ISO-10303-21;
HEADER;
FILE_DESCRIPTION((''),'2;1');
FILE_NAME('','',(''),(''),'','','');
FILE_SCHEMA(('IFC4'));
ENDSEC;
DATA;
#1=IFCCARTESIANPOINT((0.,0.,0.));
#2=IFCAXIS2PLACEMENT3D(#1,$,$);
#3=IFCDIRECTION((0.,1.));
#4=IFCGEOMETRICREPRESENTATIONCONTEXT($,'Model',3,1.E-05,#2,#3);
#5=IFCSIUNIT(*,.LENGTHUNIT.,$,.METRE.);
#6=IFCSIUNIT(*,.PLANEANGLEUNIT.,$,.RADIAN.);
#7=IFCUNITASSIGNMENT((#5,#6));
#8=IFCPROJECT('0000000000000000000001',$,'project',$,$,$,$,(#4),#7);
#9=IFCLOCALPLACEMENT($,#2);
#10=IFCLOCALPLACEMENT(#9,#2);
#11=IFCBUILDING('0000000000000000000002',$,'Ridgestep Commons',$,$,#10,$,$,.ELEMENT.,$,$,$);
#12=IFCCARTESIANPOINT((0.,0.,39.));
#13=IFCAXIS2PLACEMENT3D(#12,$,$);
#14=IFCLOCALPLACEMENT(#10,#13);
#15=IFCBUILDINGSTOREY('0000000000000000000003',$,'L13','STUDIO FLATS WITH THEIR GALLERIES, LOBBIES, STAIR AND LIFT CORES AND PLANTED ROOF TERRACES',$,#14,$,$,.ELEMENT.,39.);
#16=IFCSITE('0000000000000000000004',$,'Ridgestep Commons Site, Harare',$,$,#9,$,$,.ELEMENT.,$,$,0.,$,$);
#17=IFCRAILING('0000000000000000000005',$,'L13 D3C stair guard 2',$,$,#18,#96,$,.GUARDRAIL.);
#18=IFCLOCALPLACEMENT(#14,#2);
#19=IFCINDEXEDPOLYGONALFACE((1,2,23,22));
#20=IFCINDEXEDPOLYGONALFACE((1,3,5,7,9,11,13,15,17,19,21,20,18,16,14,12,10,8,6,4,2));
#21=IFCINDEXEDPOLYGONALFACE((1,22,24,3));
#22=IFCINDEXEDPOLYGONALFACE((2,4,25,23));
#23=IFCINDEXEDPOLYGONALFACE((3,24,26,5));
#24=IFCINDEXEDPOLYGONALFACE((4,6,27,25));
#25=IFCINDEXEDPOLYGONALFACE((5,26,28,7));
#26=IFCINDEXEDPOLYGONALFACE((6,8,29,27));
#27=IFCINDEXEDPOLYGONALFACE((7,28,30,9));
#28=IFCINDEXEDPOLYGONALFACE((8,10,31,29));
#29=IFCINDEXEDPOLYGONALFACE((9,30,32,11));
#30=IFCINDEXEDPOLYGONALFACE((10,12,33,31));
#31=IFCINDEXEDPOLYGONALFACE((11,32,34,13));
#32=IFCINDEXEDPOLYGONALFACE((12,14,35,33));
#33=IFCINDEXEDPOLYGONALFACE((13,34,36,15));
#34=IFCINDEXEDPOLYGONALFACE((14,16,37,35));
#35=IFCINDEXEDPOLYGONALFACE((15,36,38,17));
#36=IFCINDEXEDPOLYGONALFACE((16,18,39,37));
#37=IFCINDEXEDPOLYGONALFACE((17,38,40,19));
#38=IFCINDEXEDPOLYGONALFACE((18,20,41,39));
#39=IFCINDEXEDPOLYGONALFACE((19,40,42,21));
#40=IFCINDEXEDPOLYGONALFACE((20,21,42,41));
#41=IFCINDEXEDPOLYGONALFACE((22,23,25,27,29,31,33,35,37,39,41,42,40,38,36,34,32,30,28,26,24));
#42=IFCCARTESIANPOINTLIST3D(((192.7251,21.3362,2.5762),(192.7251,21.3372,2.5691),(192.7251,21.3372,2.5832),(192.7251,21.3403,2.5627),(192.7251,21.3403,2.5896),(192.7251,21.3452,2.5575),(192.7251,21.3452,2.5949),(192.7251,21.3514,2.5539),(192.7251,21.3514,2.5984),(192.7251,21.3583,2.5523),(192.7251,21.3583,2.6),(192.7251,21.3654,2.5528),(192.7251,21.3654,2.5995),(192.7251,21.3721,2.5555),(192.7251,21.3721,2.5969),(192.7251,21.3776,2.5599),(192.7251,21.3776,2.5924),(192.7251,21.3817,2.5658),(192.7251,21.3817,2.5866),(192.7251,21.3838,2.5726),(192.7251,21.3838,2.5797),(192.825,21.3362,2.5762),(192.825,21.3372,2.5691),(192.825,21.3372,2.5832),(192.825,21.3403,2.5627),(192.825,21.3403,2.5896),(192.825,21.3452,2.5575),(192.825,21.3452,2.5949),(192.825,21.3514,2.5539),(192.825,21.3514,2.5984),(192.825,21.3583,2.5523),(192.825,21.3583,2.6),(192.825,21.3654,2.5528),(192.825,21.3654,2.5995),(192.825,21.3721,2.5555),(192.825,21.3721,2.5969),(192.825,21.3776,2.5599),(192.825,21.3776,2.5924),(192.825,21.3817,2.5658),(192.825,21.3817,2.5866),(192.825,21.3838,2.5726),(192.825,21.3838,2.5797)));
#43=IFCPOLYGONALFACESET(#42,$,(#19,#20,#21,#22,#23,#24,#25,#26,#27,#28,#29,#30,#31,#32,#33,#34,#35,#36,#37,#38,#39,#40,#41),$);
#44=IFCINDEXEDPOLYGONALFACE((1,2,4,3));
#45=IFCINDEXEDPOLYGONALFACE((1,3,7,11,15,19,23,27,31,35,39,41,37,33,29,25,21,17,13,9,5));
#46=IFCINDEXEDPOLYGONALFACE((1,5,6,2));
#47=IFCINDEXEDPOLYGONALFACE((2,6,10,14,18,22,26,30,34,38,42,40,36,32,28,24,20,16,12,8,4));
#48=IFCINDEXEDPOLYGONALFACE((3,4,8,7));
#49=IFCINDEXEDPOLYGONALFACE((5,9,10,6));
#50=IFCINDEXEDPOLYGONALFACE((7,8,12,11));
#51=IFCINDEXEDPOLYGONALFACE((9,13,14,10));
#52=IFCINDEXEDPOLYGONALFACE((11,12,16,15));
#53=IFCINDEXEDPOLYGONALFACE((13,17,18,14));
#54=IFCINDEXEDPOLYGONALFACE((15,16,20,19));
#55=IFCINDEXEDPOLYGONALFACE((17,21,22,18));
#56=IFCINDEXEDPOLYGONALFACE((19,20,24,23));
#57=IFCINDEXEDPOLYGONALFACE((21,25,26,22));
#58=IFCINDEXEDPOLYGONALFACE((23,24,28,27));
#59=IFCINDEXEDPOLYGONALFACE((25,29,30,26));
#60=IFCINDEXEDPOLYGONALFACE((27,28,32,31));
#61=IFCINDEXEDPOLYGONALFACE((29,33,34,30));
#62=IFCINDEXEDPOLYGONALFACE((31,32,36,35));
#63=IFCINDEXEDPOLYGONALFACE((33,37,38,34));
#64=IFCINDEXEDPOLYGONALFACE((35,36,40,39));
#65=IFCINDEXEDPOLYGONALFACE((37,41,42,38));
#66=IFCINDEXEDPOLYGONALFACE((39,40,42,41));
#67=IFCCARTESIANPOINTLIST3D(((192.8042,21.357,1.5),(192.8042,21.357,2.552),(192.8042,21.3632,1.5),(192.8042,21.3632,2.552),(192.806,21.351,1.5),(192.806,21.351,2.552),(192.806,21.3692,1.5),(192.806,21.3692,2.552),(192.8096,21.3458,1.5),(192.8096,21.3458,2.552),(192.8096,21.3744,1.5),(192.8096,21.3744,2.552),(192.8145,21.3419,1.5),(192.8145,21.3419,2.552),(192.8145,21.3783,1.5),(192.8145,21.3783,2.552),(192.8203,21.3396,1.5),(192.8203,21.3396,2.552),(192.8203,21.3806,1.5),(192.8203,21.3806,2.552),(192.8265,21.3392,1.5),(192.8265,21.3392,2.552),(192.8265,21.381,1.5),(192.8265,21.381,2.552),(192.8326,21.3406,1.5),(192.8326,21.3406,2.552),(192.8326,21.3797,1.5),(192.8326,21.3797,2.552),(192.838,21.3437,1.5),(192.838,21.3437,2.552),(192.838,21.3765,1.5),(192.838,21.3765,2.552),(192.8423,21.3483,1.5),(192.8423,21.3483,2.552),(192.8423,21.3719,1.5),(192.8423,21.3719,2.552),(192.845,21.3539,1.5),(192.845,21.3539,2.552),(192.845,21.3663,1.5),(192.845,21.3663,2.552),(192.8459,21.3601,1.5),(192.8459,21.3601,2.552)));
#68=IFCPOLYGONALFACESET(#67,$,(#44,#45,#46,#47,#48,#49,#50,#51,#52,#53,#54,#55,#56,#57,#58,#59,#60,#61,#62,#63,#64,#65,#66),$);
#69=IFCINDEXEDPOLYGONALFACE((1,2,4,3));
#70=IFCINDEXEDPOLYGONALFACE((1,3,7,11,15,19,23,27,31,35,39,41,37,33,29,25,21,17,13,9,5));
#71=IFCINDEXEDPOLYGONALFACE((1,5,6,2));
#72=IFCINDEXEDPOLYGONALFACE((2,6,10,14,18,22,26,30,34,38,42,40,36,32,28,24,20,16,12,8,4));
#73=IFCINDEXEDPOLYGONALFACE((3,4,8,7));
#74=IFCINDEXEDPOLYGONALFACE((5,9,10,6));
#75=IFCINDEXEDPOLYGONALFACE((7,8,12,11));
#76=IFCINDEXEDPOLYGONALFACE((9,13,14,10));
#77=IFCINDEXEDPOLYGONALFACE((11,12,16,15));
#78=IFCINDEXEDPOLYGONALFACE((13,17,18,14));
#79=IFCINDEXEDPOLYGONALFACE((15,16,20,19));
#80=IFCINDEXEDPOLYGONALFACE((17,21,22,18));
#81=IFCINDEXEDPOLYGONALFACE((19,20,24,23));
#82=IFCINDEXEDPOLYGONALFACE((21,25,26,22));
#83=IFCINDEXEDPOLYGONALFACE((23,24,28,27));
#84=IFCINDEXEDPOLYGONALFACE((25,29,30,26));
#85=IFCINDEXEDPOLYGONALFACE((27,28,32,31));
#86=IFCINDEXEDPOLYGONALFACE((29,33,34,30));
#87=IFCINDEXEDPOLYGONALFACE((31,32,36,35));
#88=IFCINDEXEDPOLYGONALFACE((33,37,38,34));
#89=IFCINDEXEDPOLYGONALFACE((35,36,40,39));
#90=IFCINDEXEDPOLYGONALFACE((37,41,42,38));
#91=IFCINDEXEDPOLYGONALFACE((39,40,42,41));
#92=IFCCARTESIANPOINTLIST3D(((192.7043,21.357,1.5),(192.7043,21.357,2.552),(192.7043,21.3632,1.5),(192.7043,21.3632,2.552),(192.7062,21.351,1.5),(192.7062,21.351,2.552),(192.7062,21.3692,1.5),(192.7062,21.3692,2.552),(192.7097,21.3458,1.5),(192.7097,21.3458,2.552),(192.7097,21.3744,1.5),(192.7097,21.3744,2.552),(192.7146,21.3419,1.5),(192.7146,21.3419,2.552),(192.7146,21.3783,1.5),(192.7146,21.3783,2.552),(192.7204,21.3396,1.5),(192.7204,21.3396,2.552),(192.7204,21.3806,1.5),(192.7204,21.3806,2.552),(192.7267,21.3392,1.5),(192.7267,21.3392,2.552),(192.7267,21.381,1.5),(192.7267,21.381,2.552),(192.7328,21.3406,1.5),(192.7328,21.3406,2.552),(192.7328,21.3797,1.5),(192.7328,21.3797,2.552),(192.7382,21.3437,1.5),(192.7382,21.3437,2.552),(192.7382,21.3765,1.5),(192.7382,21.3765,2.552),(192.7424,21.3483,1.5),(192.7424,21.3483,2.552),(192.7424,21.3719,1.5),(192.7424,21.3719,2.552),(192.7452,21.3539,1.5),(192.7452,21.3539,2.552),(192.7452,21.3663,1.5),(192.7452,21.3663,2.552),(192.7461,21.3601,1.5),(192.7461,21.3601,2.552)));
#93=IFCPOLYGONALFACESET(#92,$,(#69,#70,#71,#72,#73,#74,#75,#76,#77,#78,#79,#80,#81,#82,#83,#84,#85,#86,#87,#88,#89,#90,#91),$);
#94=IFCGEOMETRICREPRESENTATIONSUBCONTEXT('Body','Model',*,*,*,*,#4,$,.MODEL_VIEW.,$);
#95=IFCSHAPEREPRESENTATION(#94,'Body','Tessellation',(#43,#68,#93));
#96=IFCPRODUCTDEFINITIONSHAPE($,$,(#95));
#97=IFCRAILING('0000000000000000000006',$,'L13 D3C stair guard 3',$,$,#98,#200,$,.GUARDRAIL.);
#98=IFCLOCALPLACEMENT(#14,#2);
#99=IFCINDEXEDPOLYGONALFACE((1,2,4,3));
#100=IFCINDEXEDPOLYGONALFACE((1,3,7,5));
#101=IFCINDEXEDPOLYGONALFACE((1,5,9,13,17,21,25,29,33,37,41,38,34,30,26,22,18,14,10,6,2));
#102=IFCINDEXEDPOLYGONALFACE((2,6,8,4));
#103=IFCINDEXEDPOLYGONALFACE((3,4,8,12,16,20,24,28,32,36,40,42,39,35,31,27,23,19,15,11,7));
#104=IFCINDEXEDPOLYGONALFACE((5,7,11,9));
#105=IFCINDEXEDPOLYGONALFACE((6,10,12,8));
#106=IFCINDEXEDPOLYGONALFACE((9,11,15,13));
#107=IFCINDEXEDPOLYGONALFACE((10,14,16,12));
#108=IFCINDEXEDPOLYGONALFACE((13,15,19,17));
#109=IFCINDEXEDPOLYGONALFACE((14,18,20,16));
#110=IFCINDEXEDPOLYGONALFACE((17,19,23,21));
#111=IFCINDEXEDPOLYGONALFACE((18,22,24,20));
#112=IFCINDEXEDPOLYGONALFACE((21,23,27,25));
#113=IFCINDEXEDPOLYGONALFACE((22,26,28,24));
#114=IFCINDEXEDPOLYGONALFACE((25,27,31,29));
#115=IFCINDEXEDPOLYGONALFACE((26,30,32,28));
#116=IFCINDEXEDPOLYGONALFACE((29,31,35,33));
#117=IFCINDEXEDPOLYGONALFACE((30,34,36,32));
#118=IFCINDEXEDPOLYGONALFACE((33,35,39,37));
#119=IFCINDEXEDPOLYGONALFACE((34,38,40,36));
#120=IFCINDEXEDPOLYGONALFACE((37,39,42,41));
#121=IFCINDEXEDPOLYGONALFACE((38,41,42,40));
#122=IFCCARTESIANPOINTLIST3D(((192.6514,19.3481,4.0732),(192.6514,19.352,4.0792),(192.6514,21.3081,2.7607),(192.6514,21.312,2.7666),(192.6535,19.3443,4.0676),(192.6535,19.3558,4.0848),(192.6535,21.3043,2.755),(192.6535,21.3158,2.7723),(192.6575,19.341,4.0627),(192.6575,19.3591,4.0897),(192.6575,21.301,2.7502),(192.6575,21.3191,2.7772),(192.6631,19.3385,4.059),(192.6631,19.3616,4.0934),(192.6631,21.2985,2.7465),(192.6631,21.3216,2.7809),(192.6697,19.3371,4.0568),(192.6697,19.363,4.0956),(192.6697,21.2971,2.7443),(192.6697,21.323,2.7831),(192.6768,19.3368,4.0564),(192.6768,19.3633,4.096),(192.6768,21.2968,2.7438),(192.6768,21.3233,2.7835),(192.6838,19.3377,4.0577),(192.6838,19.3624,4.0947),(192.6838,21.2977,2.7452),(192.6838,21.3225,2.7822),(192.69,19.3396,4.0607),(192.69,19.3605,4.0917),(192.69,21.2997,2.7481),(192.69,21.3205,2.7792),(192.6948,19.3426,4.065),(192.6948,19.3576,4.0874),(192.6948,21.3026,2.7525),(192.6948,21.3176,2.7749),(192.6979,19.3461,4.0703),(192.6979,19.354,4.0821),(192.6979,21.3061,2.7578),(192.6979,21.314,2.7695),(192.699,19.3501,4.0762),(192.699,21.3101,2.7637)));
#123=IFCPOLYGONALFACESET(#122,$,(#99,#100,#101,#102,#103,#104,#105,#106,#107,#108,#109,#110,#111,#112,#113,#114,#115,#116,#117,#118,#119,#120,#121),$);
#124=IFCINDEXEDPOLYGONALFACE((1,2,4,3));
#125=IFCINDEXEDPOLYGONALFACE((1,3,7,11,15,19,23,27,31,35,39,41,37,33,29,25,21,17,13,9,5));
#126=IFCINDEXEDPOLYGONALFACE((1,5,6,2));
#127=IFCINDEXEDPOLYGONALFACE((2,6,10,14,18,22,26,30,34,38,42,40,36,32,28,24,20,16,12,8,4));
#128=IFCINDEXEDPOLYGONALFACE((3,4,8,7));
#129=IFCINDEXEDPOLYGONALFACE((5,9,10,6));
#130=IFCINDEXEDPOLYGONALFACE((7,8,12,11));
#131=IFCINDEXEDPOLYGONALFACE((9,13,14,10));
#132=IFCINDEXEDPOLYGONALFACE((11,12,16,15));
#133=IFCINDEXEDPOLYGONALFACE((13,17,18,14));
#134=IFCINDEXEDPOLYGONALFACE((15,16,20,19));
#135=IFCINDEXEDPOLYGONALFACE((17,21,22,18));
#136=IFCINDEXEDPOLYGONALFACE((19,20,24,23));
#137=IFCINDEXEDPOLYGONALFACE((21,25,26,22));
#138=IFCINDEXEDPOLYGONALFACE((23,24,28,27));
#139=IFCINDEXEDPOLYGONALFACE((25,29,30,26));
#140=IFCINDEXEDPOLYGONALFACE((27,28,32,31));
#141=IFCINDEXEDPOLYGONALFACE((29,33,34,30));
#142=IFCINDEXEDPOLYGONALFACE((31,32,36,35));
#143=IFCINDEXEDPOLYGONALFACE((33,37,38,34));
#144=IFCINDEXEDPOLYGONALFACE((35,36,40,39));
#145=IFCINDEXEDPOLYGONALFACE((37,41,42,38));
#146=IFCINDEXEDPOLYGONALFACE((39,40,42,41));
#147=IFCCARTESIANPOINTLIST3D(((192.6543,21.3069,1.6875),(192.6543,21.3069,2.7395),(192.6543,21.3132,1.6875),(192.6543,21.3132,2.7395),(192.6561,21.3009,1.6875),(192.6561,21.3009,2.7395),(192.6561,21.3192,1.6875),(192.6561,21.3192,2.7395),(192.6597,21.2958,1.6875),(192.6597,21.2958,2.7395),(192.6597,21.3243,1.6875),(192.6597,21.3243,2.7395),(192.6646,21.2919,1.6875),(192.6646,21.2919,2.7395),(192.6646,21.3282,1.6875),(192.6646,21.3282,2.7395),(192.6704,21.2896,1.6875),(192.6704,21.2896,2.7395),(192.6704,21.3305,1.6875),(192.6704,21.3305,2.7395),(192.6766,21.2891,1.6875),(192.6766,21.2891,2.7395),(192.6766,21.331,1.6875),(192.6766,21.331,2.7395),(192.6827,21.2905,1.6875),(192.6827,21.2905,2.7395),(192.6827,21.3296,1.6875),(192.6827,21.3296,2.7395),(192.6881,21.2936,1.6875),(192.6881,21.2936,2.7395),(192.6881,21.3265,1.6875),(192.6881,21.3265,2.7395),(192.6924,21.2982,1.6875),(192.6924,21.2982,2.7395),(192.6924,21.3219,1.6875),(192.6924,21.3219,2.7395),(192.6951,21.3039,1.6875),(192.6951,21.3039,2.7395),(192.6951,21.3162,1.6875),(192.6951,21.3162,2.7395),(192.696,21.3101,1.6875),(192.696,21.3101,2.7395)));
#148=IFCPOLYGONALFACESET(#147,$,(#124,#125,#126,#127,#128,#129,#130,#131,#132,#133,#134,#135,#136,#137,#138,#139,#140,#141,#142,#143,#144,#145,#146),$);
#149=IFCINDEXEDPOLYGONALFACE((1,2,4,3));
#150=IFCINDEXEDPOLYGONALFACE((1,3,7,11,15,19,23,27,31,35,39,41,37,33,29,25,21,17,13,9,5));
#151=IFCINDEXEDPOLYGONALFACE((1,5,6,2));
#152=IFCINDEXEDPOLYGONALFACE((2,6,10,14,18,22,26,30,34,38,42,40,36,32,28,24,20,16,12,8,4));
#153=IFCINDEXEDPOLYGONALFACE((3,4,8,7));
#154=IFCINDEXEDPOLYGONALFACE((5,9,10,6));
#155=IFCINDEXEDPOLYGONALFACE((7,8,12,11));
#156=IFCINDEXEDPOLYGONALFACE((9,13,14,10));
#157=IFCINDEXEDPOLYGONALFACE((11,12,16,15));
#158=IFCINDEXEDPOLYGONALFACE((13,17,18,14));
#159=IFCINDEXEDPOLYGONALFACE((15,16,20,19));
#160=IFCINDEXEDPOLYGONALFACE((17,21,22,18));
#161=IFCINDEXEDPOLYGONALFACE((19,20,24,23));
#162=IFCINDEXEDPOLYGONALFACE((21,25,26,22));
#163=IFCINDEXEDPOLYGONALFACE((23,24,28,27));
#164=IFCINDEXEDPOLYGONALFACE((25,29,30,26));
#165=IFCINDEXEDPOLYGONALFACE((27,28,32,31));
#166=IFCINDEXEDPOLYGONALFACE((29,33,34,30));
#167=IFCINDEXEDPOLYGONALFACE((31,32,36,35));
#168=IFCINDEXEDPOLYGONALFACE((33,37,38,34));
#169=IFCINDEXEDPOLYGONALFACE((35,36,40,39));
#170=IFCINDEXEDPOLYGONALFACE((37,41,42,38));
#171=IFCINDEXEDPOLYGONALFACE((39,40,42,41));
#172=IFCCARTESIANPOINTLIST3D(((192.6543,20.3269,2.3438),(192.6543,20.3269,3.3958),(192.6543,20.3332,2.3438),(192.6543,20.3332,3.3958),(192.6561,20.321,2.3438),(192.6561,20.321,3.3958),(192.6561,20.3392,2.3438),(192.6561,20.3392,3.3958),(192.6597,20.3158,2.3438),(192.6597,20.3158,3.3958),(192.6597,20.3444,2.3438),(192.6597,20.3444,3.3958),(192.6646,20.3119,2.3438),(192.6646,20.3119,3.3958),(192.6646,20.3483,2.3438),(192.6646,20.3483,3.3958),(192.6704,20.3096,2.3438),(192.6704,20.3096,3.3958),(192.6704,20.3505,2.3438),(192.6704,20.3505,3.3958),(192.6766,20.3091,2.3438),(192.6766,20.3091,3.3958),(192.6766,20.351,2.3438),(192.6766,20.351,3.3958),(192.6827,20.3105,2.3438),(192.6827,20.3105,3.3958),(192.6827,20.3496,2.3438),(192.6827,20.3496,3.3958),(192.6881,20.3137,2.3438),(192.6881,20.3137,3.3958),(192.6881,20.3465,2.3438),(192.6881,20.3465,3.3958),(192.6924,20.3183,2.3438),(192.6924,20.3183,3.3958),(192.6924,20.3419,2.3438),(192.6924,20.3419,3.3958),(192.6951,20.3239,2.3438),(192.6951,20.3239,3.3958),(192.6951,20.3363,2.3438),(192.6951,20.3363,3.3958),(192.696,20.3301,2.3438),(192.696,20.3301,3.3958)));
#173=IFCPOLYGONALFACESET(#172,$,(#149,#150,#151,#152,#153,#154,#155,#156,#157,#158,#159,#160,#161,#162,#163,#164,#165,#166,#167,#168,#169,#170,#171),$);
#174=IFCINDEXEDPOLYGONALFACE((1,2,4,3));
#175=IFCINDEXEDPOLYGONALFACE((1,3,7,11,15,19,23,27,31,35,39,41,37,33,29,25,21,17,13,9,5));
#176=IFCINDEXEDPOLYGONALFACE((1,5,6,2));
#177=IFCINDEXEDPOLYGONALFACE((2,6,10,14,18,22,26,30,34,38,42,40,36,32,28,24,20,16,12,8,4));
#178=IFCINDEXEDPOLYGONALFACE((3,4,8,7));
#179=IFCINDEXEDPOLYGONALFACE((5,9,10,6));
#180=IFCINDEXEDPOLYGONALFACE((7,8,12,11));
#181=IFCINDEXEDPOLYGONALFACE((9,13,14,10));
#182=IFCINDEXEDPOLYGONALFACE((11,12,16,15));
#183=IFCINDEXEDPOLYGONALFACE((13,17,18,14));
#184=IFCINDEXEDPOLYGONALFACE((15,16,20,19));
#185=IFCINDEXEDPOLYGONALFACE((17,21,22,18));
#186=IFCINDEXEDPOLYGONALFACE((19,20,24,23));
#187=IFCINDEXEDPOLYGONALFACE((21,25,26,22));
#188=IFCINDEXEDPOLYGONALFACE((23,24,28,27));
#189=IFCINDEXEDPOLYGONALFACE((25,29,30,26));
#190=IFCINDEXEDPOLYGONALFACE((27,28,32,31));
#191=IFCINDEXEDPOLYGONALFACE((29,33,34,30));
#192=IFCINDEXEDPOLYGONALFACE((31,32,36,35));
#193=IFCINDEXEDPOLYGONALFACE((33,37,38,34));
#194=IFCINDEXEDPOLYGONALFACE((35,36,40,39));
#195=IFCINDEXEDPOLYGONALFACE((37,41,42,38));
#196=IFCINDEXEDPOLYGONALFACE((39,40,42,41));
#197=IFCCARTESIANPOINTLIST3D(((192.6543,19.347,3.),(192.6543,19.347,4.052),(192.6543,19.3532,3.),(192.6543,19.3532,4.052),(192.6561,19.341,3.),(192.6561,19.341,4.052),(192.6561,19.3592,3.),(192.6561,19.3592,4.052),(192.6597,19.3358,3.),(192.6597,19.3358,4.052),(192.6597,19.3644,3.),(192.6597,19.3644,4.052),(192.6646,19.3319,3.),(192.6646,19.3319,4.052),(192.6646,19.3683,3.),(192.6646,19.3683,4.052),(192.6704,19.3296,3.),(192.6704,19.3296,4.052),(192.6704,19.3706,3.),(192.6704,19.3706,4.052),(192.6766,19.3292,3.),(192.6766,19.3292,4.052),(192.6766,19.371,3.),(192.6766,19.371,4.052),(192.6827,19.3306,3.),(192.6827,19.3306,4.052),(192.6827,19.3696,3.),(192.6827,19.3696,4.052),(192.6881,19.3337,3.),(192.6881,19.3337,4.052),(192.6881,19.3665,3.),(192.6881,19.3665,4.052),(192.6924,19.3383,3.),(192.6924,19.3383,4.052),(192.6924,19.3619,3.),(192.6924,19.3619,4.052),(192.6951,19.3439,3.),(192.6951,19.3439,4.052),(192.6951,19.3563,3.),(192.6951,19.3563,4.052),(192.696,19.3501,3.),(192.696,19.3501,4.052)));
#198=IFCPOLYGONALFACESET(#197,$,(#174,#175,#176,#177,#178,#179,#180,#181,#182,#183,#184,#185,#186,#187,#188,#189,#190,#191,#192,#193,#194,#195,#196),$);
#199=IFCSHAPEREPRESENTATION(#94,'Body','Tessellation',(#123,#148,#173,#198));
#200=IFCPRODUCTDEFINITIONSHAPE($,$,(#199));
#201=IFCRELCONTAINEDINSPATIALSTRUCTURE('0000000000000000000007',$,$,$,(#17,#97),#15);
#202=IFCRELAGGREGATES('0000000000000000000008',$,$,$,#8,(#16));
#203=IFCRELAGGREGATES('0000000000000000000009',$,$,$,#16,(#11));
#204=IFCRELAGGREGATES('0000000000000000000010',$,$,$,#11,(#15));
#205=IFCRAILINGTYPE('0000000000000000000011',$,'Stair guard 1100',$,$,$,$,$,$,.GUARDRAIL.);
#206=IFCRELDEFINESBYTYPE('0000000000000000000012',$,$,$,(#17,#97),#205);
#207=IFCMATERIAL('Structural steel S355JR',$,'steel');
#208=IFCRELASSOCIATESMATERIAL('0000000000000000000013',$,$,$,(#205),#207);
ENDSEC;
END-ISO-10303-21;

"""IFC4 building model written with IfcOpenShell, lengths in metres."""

from ifc_helpers import new_model, si_unit, direction, frame, origin, origin_2d, place, context, subcontext, project, spatial, circle, extrude, material, type_object, element, save


model = new_model("IFC4")

# Units and contexts
model_context = context("Model", 3, precision=1e-05, world=origin(), true_north=direction((0.0, 1.0)))
body_context = subcontext(model_context, "Body", "Model", "MODEL_VIEW")
ifc_project = project(units=[si_unit("LENGTHUNIT", "METRE"), si_unit("PLANEANGLEUNIT", "RADIAN")], contexts=[model_context])

# Site, building, storey
site_placement = place(None, origin())
site = spatial("IfcSite", under=ifc_project, at=site_placement, Name="Ridgestep Commons Site, Harare", CompositionType="ELEMENT", RefElevation=0.0)
building_placement = place(site_placement, origin())
building = spatial("IfcBuilding", under=site, at=building_placement, Name="Ridgestep Commons", CompositionType="ELEMENT")
storey_placement = place(building_placement, frame((0.0, 0.0, 39.0)))
storey = spatial("IfcBuildingStorey", under=building, at=storey_placement, Name="L13", Description="STUDIO FLATS WITH THEIR GALLERIES, LOBBIES, STAIR AND LIFT CORES AND PLANTED ROOF TERRACES", CompositionType="ELEMENT", Elevation=39.0)

# Railings
ifc_material_1 = material(Name="Structural steel S355JR", Category="steel")
railing_type_1 = type_object("IfcRailingType", Name="Stair guard 1100", PredefinedType="GUARDRAIL", material=ifc_material_1)
railing_1_placement = place(storey_placement, frame((192.825, 21.3601, 1.5)))
element("IfcRailing", 1, at=railing_1_placement, inside=storey, type_object=railing_type_1, Name="L13 D3C stair guard 2", PredefinedType="GUARDRAIL", context=body_context, shape_type="SweptSolid", body=[
    extrude(circle(Radius=0.0239, at=origin_2d()), frame((0.0, 0.0, 1.0762), z_axis=(-1.0, 0.0, 0.0), x_axis=(0.0, -1.0, 0.0)), (0.0, 0.0, 1.0), 0.0999),
    extrude(circle(Radius=0.021, at=origin_2d()), origin(), (0.0, 0.0, 1.0), 1.052),
    extrude(circle(Radius=0.021, at=origin_2d()), frame((-0.0999, 0.0, 0.0)), (0.0, 0.0, 1.0), 1.052),
])
railing_2_placement = place(storey_placement, frame((192.675, 21.3101, 1.6875)))
element("IfcRailing", 2, at=railing_2_placement, inside=storey, type_object=railing_type_1, Name="L13 D3C stair guard 3", PredefinedType="GUARDRAIL", context=body_context, shape_type="SweptSolid", body=[
    extrude(circle(Radius=0.0239, at=origin_2d()), frame((0.0, 0.0, 1.0762), z_axis=(0.0, -0.830902, 0.556419), x_axis=(1.0, 0.0, 0.0)), (0.0, 0.0, 1.0), 2.3589),
    extrude(circle(Radius=0.021, at=origin_2d()), origin(), (0.0, 0.0, 1.0), 1.052),
    extrude(circle(Radius=0.021, at=origin_2d()), frame((0.0, -0.98, 0.6562)), (0.0, 0.0, 1.0), 1.052),
    extrude(circle(Radius=0.021, at=origin_2d()), frame((0.0, -1.96, 1.3125)), (0.0, 0.0, 1.0), 1.052),
])

save(model, "model.ifc")
